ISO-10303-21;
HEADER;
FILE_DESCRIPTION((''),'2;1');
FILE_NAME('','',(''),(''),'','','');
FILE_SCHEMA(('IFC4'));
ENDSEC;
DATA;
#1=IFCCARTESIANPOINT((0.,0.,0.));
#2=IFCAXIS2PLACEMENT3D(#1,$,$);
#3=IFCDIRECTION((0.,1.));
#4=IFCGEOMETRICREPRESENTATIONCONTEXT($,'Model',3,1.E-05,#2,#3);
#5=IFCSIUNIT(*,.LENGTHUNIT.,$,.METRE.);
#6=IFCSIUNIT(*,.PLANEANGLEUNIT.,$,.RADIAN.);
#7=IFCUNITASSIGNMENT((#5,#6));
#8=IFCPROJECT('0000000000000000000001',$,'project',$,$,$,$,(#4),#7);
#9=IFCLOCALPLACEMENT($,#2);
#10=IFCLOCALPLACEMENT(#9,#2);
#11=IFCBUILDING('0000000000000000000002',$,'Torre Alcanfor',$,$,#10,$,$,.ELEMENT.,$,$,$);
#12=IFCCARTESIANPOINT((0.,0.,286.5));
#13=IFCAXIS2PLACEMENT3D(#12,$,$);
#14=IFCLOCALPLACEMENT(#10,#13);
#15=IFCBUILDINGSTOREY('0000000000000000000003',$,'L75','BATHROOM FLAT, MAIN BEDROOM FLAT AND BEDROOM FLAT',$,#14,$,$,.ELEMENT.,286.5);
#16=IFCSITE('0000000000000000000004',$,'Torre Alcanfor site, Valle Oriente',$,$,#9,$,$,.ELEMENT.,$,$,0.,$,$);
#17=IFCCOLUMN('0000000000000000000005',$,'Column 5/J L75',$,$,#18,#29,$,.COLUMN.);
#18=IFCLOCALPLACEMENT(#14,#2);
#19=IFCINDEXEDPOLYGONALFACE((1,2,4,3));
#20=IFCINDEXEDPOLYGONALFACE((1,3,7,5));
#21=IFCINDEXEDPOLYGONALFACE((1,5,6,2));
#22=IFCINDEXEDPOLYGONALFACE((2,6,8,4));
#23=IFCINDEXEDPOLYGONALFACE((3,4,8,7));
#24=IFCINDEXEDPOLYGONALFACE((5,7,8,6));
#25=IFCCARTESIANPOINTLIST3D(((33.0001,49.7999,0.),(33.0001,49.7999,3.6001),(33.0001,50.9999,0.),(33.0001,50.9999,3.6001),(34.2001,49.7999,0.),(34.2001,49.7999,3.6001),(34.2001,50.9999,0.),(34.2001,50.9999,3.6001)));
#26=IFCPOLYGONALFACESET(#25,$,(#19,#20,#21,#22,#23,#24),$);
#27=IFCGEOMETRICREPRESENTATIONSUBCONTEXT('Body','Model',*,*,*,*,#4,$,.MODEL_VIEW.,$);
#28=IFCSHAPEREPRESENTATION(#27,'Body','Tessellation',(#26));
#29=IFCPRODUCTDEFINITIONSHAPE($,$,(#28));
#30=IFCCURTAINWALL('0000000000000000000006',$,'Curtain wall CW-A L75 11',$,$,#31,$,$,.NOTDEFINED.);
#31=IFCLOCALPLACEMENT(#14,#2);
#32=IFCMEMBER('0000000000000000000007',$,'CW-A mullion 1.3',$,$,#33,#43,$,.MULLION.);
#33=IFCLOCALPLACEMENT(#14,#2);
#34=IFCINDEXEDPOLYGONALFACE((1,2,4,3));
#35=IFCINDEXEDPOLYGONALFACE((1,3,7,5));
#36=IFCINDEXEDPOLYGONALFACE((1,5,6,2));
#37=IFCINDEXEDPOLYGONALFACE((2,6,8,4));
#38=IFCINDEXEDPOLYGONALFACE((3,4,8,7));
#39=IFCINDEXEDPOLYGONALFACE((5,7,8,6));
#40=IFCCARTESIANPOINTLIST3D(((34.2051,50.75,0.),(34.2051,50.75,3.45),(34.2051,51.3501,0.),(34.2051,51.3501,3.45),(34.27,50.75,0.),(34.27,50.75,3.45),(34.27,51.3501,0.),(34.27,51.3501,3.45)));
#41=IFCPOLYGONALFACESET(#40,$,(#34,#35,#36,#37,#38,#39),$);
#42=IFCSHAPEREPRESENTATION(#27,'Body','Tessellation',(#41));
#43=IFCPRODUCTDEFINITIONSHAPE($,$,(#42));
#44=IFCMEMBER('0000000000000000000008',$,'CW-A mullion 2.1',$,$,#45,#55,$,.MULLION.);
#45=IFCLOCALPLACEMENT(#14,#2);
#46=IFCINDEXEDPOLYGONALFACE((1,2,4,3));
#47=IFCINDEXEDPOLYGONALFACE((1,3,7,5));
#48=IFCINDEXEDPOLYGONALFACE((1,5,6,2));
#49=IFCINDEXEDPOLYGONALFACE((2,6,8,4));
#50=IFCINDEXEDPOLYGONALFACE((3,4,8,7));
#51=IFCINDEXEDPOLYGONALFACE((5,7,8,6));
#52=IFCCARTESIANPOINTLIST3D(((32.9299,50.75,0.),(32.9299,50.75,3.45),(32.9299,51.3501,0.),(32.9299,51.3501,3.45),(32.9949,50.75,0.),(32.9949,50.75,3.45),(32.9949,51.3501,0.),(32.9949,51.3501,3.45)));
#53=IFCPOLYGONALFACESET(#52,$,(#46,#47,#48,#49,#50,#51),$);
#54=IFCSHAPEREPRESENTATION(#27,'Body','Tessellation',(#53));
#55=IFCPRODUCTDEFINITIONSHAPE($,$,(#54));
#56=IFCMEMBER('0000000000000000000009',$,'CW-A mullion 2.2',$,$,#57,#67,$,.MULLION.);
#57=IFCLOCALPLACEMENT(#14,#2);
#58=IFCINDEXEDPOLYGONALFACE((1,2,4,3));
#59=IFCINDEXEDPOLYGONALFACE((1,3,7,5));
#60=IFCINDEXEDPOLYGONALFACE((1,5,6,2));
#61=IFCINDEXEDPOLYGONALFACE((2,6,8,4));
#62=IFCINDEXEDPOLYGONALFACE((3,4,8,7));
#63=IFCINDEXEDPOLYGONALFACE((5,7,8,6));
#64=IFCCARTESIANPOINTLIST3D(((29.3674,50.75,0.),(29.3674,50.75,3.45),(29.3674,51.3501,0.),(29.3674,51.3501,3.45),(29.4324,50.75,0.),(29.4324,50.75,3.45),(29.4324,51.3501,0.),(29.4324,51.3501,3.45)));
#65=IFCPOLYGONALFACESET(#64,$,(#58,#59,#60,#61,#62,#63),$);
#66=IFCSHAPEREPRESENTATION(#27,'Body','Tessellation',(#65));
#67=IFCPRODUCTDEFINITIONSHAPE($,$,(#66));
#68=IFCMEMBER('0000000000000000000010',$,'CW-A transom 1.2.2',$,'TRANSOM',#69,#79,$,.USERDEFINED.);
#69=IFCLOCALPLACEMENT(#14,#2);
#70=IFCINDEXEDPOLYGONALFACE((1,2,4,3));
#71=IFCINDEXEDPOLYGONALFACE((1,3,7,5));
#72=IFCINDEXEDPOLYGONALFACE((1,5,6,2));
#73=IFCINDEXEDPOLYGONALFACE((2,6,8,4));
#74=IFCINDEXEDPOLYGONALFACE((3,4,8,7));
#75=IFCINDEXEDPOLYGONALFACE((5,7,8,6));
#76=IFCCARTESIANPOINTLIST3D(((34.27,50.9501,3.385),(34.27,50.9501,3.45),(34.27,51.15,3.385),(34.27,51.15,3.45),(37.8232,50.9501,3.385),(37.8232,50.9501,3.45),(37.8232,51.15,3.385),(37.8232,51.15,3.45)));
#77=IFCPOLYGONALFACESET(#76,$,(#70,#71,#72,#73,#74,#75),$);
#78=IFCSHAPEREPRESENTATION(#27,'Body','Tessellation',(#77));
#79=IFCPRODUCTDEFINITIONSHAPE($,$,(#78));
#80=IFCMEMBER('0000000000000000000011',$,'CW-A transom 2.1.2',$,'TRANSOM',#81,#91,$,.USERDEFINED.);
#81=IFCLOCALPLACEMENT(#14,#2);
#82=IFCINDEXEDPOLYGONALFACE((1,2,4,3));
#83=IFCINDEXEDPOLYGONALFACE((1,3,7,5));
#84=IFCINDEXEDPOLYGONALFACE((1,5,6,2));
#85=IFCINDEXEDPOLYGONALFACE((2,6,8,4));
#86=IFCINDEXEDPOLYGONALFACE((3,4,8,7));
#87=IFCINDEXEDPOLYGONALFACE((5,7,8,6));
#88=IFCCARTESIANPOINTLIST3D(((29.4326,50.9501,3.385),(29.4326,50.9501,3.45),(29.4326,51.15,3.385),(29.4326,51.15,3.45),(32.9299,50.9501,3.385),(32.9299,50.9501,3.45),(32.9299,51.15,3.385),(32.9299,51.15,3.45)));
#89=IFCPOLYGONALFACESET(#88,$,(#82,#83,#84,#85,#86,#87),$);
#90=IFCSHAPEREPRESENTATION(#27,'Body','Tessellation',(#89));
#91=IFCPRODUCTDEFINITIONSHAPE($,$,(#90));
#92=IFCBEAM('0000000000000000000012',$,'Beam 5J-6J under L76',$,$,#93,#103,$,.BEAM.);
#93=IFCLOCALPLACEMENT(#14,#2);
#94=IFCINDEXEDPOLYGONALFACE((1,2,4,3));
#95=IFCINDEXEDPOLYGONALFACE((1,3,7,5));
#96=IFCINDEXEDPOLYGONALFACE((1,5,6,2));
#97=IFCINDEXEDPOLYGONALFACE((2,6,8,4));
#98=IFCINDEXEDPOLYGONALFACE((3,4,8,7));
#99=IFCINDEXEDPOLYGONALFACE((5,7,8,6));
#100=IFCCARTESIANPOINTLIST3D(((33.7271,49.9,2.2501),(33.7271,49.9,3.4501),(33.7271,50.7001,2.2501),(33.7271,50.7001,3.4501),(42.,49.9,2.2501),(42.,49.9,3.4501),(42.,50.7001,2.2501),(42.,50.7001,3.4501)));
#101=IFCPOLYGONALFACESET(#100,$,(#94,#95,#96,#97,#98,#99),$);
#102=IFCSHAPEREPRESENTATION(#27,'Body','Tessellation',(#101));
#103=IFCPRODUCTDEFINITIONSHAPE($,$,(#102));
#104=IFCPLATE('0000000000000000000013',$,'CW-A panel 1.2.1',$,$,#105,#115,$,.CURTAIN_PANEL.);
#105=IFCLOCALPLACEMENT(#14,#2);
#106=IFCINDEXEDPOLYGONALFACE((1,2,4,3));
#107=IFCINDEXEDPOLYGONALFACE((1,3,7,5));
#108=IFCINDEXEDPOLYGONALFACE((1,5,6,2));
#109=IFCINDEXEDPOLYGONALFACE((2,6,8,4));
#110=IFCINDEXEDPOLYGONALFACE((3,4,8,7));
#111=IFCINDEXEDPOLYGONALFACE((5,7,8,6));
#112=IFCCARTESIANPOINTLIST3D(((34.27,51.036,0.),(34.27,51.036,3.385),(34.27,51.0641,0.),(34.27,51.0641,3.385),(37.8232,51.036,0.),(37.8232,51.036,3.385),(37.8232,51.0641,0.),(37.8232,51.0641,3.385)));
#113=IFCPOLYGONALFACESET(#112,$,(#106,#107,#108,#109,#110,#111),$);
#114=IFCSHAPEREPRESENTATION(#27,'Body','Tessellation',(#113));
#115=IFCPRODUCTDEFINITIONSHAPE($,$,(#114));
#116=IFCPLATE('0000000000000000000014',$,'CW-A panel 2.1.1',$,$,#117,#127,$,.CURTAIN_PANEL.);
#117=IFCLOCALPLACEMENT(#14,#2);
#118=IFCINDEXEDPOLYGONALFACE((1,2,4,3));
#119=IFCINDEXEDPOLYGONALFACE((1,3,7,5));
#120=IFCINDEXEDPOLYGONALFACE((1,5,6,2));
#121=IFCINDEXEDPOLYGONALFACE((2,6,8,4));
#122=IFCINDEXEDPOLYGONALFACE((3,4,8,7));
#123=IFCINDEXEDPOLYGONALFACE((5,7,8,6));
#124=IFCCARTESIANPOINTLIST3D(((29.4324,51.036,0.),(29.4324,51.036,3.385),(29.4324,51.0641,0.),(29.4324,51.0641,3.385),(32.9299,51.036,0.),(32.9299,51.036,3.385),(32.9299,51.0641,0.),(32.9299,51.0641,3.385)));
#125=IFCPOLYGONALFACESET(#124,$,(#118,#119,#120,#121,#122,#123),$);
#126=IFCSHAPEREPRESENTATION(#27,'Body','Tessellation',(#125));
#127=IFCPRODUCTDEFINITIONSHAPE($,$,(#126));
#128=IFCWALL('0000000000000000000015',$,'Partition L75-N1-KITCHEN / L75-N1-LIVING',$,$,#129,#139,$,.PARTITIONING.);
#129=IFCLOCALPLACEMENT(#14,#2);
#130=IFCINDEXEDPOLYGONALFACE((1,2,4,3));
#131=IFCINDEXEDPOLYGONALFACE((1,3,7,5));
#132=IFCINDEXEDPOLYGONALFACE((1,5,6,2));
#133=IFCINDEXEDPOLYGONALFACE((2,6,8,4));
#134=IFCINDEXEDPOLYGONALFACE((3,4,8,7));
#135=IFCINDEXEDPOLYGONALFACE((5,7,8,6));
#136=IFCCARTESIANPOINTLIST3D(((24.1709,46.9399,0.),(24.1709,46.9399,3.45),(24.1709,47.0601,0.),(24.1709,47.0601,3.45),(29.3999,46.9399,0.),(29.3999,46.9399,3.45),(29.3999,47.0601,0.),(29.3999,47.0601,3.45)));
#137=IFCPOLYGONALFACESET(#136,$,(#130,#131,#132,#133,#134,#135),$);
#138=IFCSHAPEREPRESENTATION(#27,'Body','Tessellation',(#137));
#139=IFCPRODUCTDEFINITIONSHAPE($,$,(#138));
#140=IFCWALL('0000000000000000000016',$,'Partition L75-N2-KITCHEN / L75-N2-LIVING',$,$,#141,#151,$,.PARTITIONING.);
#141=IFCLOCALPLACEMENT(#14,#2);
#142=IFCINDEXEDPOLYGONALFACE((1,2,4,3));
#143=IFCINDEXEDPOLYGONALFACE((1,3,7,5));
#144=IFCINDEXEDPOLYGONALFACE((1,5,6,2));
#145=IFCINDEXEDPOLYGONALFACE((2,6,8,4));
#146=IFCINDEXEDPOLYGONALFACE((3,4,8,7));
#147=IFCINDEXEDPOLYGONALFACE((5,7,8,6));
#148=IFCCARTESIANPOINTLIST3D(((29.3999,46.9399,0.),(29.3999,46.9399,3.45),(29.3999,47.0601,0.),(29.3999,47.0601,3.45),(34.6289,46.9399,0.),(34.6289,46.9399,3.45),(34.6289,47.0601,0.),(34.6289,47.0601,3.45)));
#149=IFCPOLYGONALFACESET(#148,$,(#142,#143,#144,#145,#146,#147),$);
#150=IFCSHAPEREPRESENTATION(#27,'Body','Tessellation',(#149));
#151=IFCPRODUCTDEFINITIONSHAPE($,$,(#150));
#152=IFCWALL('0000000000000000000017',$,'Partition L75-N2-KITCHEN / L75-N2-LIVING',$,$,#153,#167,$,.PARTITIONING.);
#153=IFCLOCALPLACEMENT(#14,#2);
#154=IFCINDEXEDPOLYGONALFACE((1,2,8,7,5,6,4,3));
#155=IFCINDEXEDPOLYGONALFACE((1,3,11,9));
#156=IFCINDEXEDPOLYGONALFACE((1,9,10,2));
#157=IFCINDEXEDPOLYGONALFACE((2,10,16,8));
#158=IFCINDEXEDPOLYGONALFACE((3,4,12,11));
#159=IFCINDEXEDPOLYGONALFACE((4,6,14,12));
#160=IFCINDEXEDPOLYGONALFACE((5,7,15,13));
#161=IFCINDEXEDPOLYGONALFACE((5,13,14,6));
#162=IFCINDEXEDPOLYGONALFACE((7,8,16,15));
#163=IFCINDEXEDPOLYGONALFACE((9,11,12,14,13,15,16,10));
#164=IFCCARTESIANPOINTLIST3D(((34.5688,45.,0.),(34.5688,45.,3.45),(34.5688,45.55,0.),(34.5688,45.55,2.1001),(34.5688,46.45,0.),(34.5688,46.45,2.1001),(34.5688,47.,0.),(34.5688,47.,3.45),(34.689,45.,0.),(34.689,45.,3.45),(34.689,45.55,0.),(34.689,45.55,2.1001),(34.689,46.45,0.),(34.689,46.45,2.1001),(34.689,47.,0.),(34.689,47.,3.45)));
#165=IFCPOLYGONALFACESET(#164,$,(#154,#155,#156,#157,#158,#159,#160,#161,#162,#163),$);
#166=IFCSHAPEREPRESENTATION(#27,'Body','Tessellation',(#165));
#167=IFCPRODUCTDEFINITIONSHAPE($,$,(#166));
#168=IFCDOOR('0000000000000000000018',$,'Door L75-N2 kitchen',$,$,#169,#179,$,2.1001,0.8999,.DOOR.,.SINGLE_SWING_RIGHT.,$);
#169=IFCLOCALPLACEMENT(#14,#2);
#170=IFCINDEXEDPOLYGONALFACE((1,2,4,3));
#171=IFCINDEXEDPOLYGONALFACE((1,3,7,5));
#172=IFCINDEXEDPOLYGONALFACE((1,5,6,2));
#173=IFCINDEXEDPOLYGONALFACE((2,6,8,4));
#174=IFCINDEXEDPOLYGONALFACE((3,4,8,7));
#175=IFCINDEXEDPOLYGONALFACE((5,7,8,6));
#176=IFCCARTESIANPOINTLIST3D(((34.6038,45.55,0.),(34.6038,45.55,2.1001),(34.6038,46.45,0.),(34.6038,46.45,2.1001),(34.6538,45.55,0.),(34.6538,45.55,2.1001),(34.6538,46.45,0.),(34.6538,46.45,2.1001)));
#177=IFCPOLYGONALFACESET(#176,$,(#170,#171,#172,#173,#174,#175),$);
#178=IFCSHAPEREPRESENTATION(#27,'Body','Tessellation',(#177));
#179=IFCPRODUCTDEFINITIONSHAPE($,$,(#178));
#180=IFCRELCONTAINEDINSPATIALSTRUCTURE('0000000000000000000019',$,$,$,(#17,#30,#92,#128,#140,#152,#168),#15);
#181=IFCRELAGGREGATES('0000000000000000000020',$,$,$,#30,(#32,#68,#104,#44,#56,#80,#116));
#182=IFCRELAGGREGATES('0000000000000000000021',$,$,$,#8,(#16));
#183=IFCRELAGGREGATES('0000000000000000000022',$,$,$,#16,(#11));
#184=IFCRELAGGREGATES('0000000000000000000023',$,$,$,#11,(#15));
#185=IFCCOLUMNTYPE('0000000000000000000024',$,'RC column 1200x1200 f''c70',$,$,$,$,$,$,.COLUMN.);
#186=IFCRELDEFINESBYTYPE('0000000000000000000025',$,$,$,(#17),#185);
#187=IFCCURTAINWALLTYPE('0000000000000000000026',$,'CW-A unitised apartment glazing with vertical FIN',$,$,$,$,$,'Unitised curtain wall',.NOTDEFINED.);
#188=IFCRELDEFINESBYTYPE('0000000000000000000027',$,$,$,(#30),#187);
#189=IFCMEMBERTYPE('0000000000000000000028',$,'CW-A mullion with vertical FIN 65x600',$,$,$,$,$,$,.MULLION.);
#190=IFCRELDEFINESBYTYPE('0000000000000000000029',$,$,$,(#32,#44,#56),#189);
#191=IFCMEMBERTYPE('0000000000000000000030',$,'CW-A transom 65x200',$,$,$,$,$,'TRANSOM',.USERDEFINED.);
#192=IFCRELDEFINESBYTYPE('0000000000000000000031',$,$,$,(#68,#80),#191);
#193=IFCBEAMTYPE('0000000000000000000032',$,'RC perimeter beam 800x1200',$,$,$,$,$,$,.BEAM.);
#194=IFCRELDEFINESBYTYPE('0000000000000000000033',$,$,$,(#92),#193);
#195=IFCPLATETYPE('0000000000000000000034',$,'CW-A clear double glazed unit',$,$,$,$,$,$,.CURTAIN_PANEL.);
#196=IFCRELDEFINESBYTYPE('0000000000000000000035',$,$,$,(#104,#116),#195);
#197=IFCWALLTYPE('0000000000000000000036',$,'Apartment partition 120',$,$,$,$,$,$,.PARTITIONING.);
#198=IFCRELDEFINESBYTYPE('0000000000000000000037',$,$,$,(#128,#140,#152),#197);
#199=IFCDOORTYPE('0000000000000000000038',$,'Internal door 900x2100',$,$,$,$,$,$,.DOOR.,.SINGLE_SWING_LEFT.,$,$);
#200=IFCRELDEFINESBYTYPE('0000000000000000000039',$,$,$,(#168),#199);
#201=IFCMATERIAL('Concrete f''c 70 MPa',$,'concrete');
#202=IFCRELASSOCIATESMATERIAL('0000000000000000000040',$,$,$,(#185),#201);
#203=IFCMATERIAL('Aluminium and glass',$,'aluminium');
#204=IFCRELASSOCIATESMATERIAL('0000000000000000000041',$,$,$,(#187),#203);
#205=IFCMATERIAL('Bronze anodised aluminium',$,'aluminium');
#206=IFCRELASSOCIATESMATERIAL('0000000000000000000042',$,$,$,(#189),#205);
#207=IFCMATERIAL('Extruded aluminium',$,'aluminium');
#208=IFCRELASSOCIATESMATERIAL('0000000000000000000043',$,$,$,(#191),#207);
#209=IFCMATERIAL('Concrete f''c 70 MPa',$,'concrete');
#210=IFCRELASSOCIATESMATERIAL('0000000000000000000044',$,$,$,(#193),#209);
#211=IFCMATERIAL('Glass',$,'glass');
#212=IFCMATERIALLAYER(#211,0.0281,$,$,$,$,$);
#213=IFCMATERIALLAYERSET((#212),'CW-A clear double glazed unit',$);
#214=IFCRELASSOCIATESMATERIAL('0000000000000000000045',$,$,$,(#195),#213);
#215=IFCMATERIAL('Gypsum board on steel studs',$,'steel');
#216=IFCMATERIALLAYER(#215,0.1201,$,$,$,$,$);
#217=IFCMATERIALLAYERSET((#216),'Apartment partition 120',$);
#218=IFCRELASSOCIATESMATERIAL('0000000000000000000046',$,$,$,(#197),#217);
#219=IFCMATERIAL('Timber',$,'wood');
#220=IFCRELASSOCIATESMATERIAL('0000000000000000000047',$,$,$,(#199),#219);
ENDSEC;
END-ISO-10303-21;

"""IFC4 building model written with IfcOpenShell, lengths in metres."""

from ifc_helpers import new_model, si_unit, direction, frame, frame_2d, origin, origin_2d, place, context, subcontext, project, spatial, rectangle, extrude, material, layer, layer_set, material_profile, profile_set, type_object, element, fill, aggregate, save


model = new_model("IFC4")

# Units and contexts
model_context = context("Model", 3, precision=1e-05, world=origin(), true_north=direction((0.0, 1.0)))
body_context = subcontext(model_context, "Body", "Model", "MODEL_VIEW")
ifc_project = project(units=[si_unit("LENGTHUNIT", "METRE"), si_unit("PLANEANGLEUNIT", "RADIAN")], contexts=[model_context])

# Site, building, storey
site_placement = place(None, origin())
site = spatial("IfcSite", under=ifc_project, at=site_placement, Name="Torre Alcanfor site, Valle Oriente", CompositionType="ELEMENT", RefElevation=0.0)
building_placement = place(site_placement, origin())
building = spatial("IfcBuilding", under=site, at=building_placement, Name="Torre Alcanfor", CompositionType="ELEMENT")
storey_placement = place(building_placement, frame((0.0, 0.0, 286.5)))
storey = spatial("IfcBuildingStorey", under=building, at=storey_placement, Name="L75", Description="BATHROOM FLAT, MAIN BEDROOM FLAT AND BEDROOM FLAT", CompositionType="ELEMENT", Elevation=286.5)

# Column
ifc_material_1 = material(Name="Concrete f'c 70 MPa", Category="concrete")
ifc_material_profile_1 = material_profile(ifc_material_1, rectangle(XDim=1.2, YDim=1.2, at=origin_2d()), Name="1200x1200")
ifc_profile_set_1 = profile_set([ifc_material_profile_1], Name="Concrete f'c 70 MPa")
column_type = type_object("IfcColumnType", Name="RC column 1200x1200 f'c70", PredefinedType="COLUMN", material=ifc_profile_set_1)
column_placement = place(storey_placement, frame((33.6001, 50.3999, 0.0), z_axis=(0.0, 0.0, 1.0), x_axis=(1.0, 0.0, 0.0)))
element("IfcColumn", 1, at=column_placement, inside=storey, type_object=column_type, Name="Column 5/J L75", PredefinedType="COLUMN", context=body_context, shape_type="SweptSolid", body=[
    extrude(rectangle(XDim=1.2, YDim=1.2, at=origin_2d()), origin(), (0.0, 0.0, 1.0), 3.6001),
])

# Curtain wall, members
ifc_material_2 = material(Name="Aluminium and glass", Category="aluminium")
curtain_wall_type = type_object("IfcCurtainWallType", Name="CW-A unitised apartment glazing with vertical FIN", ElementType="Unitised curtain wall", PredefinedType="NOTDEFINED", material=ifc_material_2)
curtain_wall_placement = place(storey_placement, origin())
curtain_wall = element("IfcCurtainWall", 2, at=curtain_wall_placement, inside=storey, type_object=curtain_wall_type, Name="Curtain wall CW-A L75 11", PredefinedType="NOTDEFINED")
ifc_material_3 = material(Name="Bronze anodised aluminium", Category="aluminium")
ifc_material_profile_2 = material_profile(ifc_material_3, rectangle(XDim=0.6001, YDim=0.0649, at=origin_2d()), Name="CW-A mullion 65x600")
ifc_profile_set_2 = profile_set([ifc_material_profile_2], Name="Bronze anodised aluminium")
member_type_1 = type_object("IfcMemberType", Name="CW-A mullion with vertical FIN 65x600", PredefinedType="MULLION", material=ifc_profile_set_2)
member_1_placement = place(storey_placement, frame((34.2375, 51.05, 0.0), z_axis=(0.0, 0.0, 1.0), x_axis=(0.0, -1.0, 0.0)))
member_1 = element("IfcMember", 3, at=member_1_placement, type_object=member_type_1, Name="CW-A mullion 1.3", PredefinedType="MULLION", context=body_context, shape_type="SweptSolid", body=[
    extrude(rectangle(XDim=0.6001, YDim=0.0649, at=origin_2d()), origin(), (0.0, 0.0, 1.0), 3.45),
])
member_2_placement = place(storey_placement, frame((32.9624, 51.05, 0.0), z_axis=(0.0, 0.0, 1.0), x_axis=(0.0, -1.0, 0.0)))
member_2 = element("IfcMember", 4, at=member_2_placement, type_object=member_type_1, Name="CW-A mullion 2.1", PredefinedType="MULLION", context=body_context, shape_type="SweptSolid", body=[
    extrude(rectangle(XDim=0.6001, YDim=0.0649, at=origin_2d()), origin(), (0.0, 0.0, 1.0), 3.45),
])
member_3_placement = place(storey_placement, frame((29.3999, 51.05, 0.0), z_axis=(0.0, 0.0, 1.0), x_axis=(0.0, -1.0, 0.0)))
member_3 = element("IfcMember", 5, at=member_3_placement, type_object=member_type_1, Name="CW-A mullion 2.2", PredefinedType="MULLION", context=body_context, shape_type="SweptSolid", body=[
    extrude(rectangle(XDim=0.6001, YDim=0.0649, at=origin_2d()), origin(), (0.0, 0.0, 1.0), 3.45),
])
ifc_material_4 = material(Name="Extruded aluminium", Category="aluminium")
ifc_material_profile_3 = material_profile(ifc_material_4, rectangle(XDim=0.2, YDim=0.0649, at=origin_2d()), Name="CW-A transom 200x65")
ifc_profile_set_3 = profile_set([ifc_material_profile_3], Name="Extruded aluminium")
member_type_2 = type_object("IfcMemberType", Name="CW-A transom 65x200", ElementType="TRANSOM", PredefinedType="USERDEFINED", material=ifc_profile_set_3)
member_4_placement = place(storey_placement, frame((37.8232, 51.05, 3.4175), z_axis=(-1.0, 0.0, 0.0), x_axis=(0.0, -1.0, 0.0)))
member_4 = element("IfcMember", 6, at=member_4_placement, type_object=member_type_2, Name="CW-A transom 1.2.2", ObjectType="TRANSOM", PredefinedType="USERDEFINED", context=body_context, shape_type="SweptSolid", body=[
    extrude(rectangle(XDim=0.2, YDim=0.0649, at=origin_2d()), origin(), (0.0, 0.0, 1.0), 3.5532),
])
member_5_placement = place(storey_placement, frame((32.9299, 51.05, 3.4175), z_axis=(-1.0, 0.0, 0.0), x_axis=(0.0, -1.0, 0.0)))
member_5 = element("IfcMember", 7, at=member_5_placement, type_object=member_type_2, Name="CW-A transom 2.1.2", ObjectType="TRANSOM", PredefinedType="USERDEFINED", context=body_context, shape_type="SweptSolid", body=[
    extrude(rectangle(XDim=0.2, YDim=0.0649, at=origin_2d()), origin(), (0.0, 0.0, 1.0), 3.4973),
])

# Beam
ifc_material_5 = material(Name="Concrete f'c 70 MPa", Category="concrete")
ifc_material_profile_4 = material_profile(ifc_material_5, rectangle(XDim=0.8, YDim=1.2, at=origin_2d()), Name="800x1200")
ifc_profile_set_4 = profile_set([ifc_material_profile_4], Name="Concrete f'c 70 MPa")
beam_type = type_object("IfcBeamType", Name="RC perimeter beam 800x1200", PredefinedType="BEAM", material=ifc_profile_set_4)
beam_placement = place(storey_placement, frame((33.7271, 50.3, 2.8501), z_axis=(1.0, 0.0, 0.0), x_axis=(0.0, 1.0, 0.0)))
element("IfcBeam", 8, at=beam_placement, inside=storey, type_object=beam_type, Name="Beam 5J-6J under L76", PredefinedType="BEAM", context=body_context, shape_type="SweptSolid", body=[
    extrude(rectangle(XDim=0.8, YDim=1.2, at=origin_2d()), origin(), (0.0, 0.0, 1.0), 8.2729),
])

# Plates
ifc_material_6 = material(Name="Glass", Category="glass")
ifc_layer_1 = layer(ifc_material_6, 0.0281)
ifc_layer_set_1 = layer_set([ifc_layer_1], Name="CW-A clear double glazed unit")
plate_type = type_object("IfcPlateType", Name="CW-A clear double glazed unit", PredefinedType="CURTAIN_PANEL", material=ifc_layer_set_1)
plate_1_placement = place(storey_placement, frame((36.0466, 51.05, 0.0), z_axis=(0.0, 0.0, 1.0), x_axis=(-1.0, 0.0, 0.0)))
plate_1 = element("IfcPlate", 9, at=plate_1_placement, type_object=plate_type, Name="CW-A panel 1.2.1", PredefinedType="CURTAIN_PANEL", context=body_context, shape_type="SweptSolid", body=[
    extrude(rectangle(XDim=3.5532, YDim=0.0281, at=origin_2d()), origin(), (0.0, 0.0, 1.0), 3.385),
])
plate_2_placement = place(storey_placement, frame((31.1812, 51.05, 0.0), z_axis=(0.0, 0.0, 1.0), x_axis=(-1.0, 0.0, 0.0)))
plate_2 = element("IfcPlate", 10, at=plate_2_placement, type_object=plate_type, Name="CW-A panel 2.1.1", PredefinedType="CURTAIN_PANEL", context=body_context, shape_type="SweptSolid", body=[
    extrude(rectangle(XDim=3.4976, YDim=0.0281, at=origin_2d()), origin(), (0.0, 0.0, 1.0), 3.385),
])
aggregate(curtain_wall, [member_1, member_4, plate_1, member_2, member_3, member_5, plate_2])

# Walls
ifc_material_7 = material(Name="Gypsum board on steel studs", Category="steel")
ifc_layer_2 = layer(ifc_material_7, 0.1201)
ifc_layer_set_2 = layer_set([ifc_layer_2], Name="Apartment partition 120")
wall_type_1 = type_object("IfcWallType", Name="Apartment partition 120", PredefinedType="PARTITIONING", material=ifc_layer_set_2)
for number, where, z_axis, x_axis, name in (
    (11, (29.3999, 47.0, 0.0), (0.0, 0.0, 1.0), (-1.0, 0.0, 0.0), "Partition L75-N1-KITCHEN / L75-N1-LIVING"),
    (12, (29.3999, 47.0, 0.0), (0.0, 0.0, 1.0), (1.0, 0.0, 0.0), "Partition L75-N2-KITCHEN / L75-N2-LIVING"),
):
    element("IfcWall", number, at=place(storey_placement, frame(where, z_axis=z_axis, x_axis=x_axis)), inside=storey, type_object=wall_type_1, Name=name, PredefinedType="PARTITIONING", context=body_context, shape_type="SweptSolid", body=[
        extrude(rectangle(XDim=5.229, YDim=0.1201, at=frame_2d((2.6145, 0.0))), origin(), (0.0, 0.0, 1.0), 3.45),
    ])

# Wall, opening, door
wall_1_placement = place(storey_placement, frame((34.6289, 47.0, 0.0), z_axis=(0.0, 0.0, 1.0), x_axis=(0.0, -1.0, 0.0)))
wall_1 = element("IfcWall", 13, at=wall_1_placement, inside=storey, type_object=wall_type_1, Name="Partition L75-N2-KITCHEN / L75-N2-LIVING", PredefinedType="PARTITIONING", context=body_context, shape_type="SweptSolid", body=[
    extrude(rectangle(XDim=2.0, YDim=0.1201, at=frame_2d((1.0, 0.0))), origin(), (0.0, 0.0, 1.0), 3.45),
])
opening_1_placement = place(wall_1_placement, frame((0.55, 0.0, 0.0)))
opening_1 = element("IfcOpeningElement", 14, at=opening_1_placement, cuts=wall_1, PredefinedType="OPENING", context=body_context, shape_type="SweptSolid", body=[
    extrude(rectangle(XDim=0.8999, YDim=2.1001, at=frame_2d((0.45, 1.05))), frame((0.0, 0.0701, 0.0), z_axis=(0.0, -1.0, 0.0), x_axis=(1.0, 0.0, 0.0)), (0.0, 0.0, 1.0), 0.1401),
])
ifc_material_8 = material(Name="Timber", Category="wood")
door_type_1 = type_object("IfcDoorType", Name="Internal door 900x2100", OperationType="SINGLE_SWING_LEFT", PredefinedType="DOOR", material=ifc_material_8)
door_1_placement = place(opening_1_placement, frame((0.8999, 0.0, 0.0), z_axis=(0.0, 0.0, 1.0), x_axis=(-1.0, 0.0, 0.0)))
door_1 = element("IfcDoor", 15, at=door_1_placement, inside=storey, type_object=door_type_1, Name="Door L75-N2 kitchen", OperationType="SINGLE_SWING_RIGHT", OverallHeight=2.1001, OverallWidth=0.8999, PredefinedType="DOOR", context=body_context, shape_type="SweptSolid", body=[
    extrude(rectangle(XDim=0.8999, YDim=2.1001, at=frame_2d((0.45, 1.05))), frame((0.0, 0.0251, 0.0), z_axis=(0.0, -1.0, 0.0), x_axis=(1.0, 0.0, 0.0)), (0.0, 0.0, 1.0), 0.05),
])
fill(opening_1, door_1)

save(model, "model.ifc")
